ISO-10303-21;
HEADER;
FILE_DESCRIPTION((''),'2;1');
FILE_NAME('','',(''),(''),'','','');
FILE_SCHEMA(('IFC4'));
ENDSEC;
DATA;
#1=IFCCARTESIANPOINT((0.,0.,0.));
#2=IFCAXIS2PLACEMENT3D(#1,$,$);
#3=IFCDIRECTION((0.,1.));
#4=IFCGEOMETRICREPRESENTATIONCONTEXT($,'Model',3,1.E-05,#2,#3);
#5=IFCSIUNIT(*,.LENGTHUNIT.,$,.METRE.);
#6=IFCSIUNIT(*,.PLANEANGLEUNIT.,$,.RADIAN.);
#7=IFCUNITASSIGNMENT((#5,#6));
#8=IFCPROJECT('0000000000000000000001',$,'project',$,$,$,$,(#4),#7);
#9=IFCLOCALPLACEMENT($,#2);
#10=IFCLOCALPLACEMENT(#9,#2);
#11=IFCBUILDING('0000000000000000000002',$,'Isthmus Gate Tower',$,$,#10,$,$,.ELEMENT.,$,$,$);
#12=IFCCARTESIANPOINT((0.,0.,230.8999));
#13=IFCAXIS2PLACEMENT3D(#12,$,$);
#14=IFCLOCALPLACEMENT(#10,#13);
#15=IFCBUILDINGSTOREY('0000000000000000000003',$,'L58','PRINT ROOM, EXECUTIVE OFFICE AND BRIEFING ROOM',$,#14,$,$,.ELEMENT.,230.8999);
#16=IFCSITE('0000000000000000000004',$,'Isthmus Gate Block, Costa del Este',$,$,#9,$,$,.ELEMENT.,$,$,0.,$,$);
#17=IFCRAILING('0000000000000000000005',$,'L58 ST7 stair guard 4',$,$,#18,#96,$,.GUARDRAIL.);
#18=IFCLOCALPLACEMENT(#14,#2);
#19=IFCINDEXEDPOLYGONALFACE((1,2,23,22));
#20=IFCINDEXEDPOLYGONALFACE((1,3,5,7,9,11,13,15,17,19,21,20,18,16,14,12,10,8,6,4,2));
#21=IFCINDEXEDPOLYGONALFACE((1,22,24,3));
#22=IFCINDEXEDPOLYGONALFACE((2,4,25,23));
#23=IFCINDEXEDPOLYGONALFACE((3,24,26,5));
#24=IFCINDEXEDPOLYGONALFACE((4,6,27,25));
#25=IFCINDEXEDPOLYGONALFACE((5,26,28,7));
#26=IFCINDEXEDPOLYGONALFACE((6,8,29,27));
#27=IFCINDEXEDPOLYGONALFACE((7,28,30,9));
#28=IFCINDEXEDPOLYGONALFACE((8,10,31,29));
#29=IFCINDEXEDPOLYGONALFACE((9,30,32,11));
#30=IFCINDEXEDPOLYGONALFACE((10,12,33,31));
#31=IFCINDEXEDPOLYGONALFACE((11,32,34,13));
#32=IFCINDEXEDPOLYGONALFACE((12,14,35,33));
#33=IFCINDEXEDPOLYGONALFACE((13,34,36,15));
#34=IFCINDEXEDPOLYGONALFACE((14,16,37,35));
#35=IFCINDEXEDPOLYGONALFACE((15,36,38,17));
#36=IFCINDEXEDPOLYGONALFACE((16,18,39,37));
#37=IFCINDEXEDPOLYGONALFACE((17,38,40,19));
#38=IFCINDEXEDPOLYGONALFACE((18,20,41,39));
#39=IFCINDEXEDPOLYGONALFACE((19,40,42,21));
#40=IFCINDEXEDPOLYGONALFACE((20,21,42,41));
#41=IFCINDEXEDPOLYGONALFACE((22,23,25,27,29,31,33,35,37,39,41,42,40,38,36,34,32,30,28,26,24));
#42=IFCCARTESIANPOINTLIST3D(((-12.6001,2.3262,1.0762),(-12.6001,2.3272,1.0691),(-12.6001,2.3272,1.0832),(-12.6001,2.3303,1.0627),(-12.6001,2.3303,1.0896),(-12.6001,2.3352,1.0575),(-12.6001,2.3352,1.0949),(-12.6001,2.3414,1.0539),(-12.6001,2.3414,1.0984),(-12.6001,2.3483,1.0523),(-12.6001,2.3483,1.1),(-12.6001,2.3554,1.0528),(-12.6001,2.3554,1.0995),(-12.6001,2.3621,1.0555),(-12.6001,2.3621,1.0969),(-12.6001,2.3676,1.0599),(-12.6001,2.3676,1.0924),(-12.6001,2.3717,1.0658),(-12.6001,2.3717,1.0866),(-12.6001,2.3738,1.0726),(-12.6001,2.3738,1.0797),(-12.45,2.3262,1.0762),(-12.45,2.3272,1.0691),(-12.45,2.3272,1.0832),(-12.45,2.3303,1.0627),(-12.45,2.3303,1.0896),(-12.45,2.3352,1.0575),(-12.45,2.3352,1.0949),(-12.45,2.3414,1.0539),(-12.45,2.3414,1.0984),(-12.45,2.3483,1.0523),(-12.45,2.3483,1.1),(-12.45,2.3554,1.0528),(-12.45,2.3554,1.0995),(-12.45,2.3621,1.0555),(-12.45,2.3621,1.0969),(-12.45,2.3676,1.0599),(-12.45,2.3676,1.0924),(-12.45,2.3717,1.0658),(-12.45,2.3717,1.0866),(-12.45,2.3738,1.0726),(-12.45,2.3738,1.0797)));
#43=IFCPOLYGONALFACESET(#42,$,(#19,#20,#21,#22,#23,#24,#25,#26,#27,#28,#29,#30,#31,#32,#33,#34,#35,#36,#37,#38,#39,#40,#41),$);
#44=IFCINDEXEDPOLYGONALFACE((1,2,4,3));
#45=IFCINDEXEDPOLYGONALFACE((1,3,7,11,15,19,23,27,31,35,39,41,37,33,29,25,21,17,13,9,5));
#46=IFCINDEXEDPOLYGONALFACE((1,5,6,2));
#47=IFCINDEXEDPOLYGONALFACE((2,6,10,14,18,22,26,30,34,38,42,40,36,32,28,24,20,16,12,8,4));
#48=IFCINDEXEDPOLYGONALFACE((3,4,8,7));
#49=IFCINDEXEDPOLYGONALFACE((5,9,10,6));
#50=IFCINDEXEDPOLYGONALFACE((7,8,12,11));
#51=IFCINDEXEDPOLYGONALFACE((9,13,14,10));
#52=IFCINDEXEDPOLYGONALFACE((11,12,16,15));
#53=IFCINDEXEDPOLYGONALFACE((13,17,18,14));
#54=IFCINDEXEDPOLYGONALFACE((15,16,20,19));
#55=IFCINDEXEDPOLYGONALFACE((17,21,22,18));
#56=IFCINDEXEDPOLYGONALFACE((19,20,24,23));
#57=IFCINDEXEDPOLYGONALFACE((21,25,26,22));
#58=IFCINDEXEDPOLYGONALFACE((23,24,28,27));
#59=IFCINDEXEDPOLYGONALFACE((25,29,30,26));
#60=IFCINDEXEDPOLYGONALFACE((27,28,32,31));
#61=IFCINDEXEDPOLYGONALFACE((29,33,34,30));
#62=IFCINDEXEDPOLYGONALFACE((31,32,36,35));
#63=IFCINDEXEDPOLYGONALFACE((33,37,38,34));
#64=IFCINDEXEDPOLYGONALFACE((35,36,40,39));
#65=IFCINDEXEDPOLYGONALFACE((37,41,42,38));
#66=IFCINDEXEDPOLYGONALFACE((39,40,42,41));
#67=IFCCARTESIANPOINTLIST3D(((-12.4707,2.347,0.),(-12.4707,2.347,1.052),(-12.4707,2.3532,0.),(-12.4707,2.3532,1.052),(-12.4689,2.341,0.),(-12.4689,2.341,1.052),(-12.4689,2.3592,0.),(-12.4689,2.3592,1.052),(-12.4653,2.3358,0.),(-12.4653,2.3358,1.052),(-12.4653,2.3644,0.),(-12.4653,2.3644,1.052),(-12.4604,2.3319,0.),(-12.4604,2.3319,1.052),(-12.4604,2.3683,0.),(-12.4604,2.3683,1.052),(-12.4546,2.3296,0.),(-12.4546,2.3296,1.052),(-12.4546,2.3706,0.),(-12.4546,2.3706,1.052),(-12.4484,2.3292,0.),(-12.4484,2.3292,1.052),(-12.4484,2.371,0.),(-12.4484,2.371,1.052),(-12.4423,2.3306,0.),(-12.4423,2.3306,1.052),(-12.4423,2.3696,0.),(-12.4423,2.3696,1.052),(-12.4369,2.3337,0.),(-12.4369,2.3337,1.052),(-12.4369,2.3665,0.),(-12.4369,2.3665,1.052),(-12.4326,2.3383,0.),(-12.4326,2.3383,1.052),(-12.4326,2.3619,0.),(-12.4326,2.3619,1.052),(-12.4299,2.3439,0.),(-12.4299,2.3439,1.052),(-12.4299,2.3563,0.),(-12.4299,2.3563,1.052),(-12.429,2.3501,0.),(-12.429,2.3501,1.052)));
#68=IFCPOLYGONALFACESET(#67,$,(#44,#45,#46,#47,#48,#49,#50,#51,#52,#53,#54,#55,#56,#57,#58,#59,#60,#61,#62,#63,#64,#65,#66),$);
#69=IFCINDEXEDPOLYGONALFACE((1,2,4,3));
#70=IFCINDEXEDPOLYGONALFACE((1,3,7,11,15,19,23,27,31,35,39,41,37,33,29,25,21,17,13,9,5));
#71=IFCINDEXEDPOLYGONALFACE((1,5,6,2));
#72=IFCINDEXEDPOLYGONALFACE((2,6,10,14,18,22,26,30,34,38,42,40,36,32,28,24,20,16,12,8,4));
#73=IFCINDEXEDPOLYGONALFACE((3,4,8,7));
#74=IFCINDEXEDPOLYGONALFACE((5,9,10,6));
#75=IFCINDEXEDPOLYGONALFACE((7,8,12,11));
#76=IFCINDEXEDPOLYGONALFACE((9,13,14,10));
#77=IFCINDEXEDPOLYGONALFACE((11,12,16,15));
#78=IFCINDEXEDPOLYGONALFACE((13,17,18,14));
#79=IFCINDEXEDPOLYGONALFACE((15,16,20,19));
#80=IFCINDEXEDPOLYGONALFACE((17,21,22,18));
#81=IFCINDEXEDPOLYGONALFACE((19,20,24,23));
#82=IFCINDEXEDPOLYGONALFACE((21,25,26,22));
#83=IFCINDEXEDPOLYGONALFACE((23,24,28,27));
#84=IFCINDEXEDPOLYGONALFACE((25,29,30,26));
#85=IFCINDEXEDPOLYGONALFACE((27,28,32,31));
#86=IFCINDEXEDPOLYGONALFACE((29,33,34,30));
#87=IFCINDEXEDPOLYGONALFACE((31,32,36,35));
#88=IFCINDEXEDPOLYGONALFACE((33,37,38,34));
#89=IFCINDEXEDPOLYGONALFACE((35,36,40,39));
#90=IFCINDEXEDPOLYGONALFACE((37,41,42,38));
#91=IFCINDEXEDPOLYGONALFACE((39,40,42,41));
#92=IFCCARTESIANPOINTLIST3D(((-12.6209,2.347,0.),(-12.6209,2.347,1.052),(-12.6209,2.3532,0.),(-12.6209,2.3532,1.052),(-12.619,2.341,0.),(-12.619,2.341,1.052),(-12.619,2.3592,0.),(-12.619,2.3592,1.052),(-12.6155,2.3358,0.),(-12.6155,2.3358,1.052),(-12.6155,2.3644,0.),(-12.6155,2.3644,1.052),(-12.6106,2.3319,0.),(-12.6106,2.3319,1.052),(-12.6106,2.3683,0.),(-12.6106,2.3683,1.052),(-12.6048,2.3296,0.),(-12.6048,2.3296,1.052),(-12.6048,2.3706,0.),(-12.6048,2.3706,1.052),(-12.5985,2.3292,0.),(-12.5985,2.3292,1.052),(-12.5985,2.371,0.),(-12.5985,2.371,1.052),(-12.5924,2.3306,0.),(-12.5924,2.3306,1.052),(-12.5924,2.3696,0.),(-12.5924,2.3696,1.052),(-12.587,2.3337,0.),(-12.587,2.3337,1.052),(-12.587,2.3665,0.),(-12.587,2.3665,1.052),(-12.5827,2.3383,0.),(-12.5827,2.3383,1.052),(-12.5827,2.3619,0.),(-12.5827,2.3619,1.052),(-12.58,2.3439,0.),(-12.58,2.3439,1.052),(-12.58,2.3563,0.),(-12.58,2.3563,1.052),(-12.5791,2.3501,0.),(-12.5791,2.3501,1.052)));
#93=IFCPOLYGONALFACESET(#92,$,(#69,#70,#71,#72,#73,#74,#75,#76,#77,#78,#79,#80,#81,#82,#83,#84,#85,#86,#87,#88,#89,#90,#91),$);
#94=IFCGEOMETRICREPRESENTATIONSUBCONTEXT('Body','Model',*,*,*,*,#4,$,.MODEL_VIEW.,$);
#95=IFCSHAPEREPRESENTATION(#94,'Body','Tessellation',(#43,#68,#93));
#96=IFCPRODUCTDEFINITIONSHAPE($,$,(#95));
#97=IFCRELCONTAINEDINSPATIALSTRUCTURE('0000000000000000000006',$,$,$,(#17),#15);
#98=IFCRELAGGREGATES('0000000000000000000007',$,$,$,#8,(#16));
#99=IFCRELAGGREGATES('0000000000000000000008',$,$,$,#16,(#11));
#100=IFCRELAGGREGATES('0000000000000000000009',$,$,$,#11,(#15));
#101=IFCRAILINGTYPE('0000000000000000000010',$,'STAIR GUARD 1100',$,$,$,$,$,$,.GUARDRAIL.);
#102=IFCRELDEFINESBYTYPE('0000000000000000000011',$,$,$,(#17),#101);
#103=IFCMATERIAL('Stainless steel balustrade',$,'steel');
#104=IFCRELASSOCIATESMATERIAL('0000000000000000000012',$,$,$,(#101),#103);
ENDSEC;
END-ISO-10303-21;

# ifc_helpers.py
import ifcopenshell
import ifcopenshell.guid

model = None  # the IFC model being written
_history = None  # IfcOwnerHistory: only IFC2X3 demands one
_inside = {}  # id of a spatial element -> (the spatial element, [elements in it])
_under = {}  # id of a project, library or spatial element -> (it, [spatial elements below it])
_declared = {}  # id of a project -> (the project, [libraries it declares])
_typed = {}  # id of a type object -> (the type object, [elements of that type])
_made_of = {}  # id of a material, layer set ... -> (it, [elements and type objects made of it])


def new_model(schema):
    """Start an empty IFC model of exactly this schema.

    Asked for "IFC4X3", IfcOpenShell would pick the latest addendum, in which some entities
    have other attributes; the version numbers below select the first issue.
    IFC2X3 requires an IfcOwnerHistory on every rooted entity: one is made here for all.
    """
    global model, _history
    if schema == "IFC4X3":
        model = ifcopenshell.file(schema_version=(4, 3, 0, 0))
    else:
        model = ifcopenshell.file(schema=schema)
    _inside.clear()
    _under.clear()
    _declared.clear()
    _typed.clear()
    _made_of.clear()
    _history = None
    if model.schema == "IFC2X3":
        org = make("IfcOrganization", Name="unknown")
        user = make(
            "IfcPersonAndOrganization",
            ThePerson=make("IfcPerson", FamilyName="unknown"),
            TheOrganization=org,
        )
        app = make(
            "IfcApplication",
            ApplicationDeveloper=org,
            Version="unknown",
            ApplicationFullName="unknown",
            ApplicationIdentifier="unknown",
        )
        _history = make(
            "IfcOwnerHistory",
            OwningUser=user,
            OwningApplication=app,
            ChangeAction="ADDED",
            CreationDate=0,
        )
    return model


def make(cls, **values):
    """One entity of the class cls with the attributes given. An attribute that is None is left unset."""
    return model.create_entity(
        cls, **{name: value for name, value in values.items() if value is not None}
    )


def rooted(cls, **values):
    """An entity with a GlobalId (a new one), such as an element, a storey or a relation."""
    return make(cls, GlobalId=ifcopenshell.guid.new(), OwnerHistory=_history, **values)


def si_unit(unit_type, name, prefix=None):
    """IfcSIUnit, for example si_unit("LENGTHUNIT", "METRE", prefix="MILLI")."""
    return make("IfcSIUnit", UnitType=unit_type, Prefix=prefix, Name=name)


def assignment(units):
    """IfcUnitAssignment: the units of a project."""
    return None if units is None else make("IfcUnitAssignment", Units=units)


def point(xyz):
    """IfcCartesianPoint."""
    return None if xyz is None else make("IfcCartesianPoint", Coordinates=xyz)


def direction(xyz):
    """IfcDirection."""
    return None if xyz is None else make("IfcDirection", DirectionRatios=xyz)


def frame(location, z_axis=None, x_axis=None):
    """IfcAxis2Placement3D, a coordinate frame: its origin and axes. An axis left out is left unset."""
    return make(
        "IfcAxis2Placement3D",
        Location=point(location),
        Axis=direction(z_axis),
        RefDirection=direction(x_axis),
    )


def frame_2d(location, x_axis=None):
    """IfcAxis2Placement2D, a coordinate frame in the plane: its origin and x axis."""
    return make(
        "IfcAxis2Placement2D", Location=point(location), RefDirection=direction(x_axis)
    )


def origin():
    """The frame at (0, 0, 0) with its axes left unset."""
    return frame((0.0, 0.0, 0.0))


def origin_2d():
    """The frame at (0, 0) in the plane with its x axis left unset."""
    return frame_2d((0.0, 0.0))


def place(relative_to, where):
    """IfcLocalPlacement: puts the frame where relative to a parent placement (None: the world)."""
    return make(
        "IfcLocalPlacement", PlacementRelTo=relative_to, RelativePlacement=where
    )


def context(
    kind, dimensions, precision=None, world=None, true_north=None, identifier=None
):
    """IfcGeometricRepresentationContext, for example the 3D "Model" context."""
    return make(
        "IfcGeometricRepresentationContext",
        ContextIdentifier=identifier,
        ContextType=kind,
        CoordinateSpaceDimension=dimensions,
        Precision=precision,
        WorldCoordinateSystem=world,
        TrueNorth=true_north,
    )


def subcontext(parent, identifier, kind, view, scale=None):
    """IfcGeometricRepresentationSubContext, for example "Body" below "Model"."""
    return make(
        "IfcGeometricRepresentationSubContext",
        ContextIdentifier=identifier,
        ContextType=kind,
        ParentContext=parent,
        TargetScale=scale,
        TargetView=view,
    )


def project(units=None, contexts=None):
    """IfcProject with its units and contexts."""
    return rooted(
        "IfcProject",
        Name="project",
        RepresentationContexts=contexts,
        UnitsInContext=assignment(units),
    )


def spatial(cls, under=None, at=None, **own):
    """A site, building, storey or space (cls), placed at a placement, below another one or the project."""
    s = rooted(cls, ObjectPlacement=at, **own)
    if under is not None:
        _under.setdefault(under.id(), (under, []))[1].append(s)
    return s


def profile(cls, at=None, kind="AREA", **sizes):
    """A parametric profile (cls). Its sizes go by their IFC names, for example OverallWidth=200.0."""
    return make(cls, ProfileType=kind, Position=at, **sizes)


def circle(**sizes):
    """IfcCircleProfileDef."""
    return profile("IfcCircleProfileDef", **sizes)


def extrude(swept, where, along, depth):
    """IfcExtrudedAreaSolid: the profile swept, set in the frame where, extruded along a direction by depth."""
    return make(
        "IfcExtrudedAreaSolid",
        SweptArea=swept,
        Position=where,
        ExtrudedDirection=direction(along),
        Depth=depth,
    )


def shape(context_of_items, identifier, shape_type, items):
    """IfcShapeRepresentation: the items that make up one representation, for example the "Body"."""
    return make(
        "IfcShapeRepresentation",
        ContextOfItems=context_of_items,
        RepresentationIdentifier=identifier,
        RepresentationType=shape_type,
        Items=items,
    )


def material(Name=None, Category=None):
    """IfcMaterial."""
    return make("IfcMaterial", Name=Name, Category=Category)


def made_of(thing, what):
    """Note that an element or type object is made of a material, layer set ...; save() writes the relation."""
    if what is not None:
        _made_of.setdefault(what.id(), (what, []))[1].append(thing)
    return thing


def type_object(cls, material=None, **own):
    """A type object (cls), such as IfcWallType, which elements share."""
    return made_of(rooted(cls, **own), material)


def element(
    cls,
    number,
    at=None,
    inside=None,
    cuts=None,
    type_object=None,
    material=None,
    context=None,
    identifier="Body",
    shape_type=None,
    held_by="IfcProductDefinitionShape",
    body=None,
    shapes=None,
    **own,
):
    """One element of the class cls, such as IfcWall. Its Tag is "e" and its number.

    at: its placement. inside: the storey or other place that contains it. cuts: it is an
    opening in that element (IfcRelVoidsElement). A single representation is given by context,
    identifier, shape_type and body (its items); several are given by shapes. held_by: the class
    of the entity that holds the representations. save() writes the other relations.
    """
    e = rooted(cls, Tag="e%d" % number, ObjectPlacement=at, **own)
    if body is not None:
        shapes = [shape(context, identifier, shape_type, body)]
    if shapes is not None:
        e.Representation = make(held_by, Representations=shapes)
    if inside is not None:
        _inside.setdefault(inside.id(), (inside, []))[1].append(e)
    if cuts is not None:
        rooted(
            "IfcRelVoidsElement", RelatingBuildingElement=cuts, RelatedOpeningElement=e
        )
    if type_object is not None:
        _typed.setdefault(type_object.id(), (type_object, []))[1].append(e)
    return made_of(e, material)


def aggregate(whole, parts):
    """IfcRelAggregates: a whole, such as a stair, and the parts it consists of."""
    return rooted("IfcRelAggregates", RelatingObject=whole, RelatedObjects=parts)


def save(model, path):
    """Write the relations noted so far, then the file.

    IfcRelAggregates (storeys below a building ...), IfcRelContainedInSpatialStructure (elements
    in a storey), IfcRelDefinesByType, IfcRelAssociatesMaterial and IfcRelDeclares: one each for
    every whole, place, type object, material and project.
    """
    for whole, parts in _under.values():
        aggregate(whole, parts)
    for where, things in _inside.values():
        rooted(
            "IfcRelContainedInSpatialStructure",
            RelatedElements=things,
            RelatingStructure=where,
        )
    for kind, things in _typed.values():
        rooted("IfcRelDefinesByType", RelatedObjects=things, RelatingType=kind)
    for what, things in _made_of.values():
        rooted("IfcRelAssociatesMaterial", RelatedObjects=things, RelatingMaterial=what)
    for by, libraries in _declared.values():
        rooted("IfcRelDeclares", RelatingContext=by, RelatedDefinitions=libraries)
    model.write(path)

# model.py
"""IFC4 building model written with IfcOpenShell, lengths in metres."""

from ifc_helpers import new_model, si_unit, direction, frame, origin, origin_2d, place, context, subcontext, project, spatial, circle, extrude, material, type_object, element, save


model = new_model("IFC4")

# Units and contexts
model_context = context("Model", 3, precision=1e-05, world=origin(), true_north=direction((0.0, 1.0)))
body_context = subcontext(model_context, "Body", "Model", "MODEL_VIEW")
ifc_project = project(units=[si_unit("LENGTHUNIT", "METRE"), si_unit("PLANEANGLEUNIT", "RADIAN")], contexts=[model_context])

# Site, building, storey
site_placement = place(None, origin())
site = spatial("IfcSite", under=ifc_project, at=site_placement, Name="Isthmus Gate Block, Costa del Este", CompositionType="ELEMENT", RefElevation=0.0)
building_placement = place(site_placement, origin())
building = spatial("IfcBuilding", under=site, at=building_placement, Name="Isthmus Gate Tower", CompositionType="ELEMENT")
storey_placement = place(building_placement, frame((0.0, 0.0, 230.8999)))
storey = spatial("IfcBuildingStorey", under=building, at=storey_placement, Name="L58", Description="PRINT ROOM, EXECUTIVE OFFICE AND BRIEFING ROOM", CompositionType="ELEMENT", Elevation=230.8999)

# Railing
ifc_material_1 = material(Name="Stainless steel balustrade", Category="steel")
railing_type_1 = type_object("IfcRailingType", Name="STAIR GUARD 1100", PredefinedType="GUARDRAIL", material=ifc_material_1)
railing_1_placement = place(storey_placement, frame((-12.45, 2.3501, 0.0)))
element("IfcRailing", 1, at=railing_1_placement, inside=storey, type_object=railing_type_1, Name="L58 ST7 stair guard 4", PredefinedType="GUARDRAIL", context=body_context, shape_type="SweptSolid", body=[
    extrude(circle(Radius=0.0239, at=origin_2d()), frame((0.0, 0.0, 1.0762), z_axis=(-1.0, 0.0, 0.0), x_axis=(0.0, -1.0, 0.0)), (0.0, 0.0, 1.0), 0.1501),
    extrude(circle(Radius=0.021, at=origin_2d()), origin(), (0.0, 0.0, 1.0), 1.052),
    extrude(circle(Radius=0.021, at=origin_2d()), frame((-0.1501, 0.0, 0.0)), (0.0, 0.0, 1.0), 1.052),
])

save(model, "model.ifc")
